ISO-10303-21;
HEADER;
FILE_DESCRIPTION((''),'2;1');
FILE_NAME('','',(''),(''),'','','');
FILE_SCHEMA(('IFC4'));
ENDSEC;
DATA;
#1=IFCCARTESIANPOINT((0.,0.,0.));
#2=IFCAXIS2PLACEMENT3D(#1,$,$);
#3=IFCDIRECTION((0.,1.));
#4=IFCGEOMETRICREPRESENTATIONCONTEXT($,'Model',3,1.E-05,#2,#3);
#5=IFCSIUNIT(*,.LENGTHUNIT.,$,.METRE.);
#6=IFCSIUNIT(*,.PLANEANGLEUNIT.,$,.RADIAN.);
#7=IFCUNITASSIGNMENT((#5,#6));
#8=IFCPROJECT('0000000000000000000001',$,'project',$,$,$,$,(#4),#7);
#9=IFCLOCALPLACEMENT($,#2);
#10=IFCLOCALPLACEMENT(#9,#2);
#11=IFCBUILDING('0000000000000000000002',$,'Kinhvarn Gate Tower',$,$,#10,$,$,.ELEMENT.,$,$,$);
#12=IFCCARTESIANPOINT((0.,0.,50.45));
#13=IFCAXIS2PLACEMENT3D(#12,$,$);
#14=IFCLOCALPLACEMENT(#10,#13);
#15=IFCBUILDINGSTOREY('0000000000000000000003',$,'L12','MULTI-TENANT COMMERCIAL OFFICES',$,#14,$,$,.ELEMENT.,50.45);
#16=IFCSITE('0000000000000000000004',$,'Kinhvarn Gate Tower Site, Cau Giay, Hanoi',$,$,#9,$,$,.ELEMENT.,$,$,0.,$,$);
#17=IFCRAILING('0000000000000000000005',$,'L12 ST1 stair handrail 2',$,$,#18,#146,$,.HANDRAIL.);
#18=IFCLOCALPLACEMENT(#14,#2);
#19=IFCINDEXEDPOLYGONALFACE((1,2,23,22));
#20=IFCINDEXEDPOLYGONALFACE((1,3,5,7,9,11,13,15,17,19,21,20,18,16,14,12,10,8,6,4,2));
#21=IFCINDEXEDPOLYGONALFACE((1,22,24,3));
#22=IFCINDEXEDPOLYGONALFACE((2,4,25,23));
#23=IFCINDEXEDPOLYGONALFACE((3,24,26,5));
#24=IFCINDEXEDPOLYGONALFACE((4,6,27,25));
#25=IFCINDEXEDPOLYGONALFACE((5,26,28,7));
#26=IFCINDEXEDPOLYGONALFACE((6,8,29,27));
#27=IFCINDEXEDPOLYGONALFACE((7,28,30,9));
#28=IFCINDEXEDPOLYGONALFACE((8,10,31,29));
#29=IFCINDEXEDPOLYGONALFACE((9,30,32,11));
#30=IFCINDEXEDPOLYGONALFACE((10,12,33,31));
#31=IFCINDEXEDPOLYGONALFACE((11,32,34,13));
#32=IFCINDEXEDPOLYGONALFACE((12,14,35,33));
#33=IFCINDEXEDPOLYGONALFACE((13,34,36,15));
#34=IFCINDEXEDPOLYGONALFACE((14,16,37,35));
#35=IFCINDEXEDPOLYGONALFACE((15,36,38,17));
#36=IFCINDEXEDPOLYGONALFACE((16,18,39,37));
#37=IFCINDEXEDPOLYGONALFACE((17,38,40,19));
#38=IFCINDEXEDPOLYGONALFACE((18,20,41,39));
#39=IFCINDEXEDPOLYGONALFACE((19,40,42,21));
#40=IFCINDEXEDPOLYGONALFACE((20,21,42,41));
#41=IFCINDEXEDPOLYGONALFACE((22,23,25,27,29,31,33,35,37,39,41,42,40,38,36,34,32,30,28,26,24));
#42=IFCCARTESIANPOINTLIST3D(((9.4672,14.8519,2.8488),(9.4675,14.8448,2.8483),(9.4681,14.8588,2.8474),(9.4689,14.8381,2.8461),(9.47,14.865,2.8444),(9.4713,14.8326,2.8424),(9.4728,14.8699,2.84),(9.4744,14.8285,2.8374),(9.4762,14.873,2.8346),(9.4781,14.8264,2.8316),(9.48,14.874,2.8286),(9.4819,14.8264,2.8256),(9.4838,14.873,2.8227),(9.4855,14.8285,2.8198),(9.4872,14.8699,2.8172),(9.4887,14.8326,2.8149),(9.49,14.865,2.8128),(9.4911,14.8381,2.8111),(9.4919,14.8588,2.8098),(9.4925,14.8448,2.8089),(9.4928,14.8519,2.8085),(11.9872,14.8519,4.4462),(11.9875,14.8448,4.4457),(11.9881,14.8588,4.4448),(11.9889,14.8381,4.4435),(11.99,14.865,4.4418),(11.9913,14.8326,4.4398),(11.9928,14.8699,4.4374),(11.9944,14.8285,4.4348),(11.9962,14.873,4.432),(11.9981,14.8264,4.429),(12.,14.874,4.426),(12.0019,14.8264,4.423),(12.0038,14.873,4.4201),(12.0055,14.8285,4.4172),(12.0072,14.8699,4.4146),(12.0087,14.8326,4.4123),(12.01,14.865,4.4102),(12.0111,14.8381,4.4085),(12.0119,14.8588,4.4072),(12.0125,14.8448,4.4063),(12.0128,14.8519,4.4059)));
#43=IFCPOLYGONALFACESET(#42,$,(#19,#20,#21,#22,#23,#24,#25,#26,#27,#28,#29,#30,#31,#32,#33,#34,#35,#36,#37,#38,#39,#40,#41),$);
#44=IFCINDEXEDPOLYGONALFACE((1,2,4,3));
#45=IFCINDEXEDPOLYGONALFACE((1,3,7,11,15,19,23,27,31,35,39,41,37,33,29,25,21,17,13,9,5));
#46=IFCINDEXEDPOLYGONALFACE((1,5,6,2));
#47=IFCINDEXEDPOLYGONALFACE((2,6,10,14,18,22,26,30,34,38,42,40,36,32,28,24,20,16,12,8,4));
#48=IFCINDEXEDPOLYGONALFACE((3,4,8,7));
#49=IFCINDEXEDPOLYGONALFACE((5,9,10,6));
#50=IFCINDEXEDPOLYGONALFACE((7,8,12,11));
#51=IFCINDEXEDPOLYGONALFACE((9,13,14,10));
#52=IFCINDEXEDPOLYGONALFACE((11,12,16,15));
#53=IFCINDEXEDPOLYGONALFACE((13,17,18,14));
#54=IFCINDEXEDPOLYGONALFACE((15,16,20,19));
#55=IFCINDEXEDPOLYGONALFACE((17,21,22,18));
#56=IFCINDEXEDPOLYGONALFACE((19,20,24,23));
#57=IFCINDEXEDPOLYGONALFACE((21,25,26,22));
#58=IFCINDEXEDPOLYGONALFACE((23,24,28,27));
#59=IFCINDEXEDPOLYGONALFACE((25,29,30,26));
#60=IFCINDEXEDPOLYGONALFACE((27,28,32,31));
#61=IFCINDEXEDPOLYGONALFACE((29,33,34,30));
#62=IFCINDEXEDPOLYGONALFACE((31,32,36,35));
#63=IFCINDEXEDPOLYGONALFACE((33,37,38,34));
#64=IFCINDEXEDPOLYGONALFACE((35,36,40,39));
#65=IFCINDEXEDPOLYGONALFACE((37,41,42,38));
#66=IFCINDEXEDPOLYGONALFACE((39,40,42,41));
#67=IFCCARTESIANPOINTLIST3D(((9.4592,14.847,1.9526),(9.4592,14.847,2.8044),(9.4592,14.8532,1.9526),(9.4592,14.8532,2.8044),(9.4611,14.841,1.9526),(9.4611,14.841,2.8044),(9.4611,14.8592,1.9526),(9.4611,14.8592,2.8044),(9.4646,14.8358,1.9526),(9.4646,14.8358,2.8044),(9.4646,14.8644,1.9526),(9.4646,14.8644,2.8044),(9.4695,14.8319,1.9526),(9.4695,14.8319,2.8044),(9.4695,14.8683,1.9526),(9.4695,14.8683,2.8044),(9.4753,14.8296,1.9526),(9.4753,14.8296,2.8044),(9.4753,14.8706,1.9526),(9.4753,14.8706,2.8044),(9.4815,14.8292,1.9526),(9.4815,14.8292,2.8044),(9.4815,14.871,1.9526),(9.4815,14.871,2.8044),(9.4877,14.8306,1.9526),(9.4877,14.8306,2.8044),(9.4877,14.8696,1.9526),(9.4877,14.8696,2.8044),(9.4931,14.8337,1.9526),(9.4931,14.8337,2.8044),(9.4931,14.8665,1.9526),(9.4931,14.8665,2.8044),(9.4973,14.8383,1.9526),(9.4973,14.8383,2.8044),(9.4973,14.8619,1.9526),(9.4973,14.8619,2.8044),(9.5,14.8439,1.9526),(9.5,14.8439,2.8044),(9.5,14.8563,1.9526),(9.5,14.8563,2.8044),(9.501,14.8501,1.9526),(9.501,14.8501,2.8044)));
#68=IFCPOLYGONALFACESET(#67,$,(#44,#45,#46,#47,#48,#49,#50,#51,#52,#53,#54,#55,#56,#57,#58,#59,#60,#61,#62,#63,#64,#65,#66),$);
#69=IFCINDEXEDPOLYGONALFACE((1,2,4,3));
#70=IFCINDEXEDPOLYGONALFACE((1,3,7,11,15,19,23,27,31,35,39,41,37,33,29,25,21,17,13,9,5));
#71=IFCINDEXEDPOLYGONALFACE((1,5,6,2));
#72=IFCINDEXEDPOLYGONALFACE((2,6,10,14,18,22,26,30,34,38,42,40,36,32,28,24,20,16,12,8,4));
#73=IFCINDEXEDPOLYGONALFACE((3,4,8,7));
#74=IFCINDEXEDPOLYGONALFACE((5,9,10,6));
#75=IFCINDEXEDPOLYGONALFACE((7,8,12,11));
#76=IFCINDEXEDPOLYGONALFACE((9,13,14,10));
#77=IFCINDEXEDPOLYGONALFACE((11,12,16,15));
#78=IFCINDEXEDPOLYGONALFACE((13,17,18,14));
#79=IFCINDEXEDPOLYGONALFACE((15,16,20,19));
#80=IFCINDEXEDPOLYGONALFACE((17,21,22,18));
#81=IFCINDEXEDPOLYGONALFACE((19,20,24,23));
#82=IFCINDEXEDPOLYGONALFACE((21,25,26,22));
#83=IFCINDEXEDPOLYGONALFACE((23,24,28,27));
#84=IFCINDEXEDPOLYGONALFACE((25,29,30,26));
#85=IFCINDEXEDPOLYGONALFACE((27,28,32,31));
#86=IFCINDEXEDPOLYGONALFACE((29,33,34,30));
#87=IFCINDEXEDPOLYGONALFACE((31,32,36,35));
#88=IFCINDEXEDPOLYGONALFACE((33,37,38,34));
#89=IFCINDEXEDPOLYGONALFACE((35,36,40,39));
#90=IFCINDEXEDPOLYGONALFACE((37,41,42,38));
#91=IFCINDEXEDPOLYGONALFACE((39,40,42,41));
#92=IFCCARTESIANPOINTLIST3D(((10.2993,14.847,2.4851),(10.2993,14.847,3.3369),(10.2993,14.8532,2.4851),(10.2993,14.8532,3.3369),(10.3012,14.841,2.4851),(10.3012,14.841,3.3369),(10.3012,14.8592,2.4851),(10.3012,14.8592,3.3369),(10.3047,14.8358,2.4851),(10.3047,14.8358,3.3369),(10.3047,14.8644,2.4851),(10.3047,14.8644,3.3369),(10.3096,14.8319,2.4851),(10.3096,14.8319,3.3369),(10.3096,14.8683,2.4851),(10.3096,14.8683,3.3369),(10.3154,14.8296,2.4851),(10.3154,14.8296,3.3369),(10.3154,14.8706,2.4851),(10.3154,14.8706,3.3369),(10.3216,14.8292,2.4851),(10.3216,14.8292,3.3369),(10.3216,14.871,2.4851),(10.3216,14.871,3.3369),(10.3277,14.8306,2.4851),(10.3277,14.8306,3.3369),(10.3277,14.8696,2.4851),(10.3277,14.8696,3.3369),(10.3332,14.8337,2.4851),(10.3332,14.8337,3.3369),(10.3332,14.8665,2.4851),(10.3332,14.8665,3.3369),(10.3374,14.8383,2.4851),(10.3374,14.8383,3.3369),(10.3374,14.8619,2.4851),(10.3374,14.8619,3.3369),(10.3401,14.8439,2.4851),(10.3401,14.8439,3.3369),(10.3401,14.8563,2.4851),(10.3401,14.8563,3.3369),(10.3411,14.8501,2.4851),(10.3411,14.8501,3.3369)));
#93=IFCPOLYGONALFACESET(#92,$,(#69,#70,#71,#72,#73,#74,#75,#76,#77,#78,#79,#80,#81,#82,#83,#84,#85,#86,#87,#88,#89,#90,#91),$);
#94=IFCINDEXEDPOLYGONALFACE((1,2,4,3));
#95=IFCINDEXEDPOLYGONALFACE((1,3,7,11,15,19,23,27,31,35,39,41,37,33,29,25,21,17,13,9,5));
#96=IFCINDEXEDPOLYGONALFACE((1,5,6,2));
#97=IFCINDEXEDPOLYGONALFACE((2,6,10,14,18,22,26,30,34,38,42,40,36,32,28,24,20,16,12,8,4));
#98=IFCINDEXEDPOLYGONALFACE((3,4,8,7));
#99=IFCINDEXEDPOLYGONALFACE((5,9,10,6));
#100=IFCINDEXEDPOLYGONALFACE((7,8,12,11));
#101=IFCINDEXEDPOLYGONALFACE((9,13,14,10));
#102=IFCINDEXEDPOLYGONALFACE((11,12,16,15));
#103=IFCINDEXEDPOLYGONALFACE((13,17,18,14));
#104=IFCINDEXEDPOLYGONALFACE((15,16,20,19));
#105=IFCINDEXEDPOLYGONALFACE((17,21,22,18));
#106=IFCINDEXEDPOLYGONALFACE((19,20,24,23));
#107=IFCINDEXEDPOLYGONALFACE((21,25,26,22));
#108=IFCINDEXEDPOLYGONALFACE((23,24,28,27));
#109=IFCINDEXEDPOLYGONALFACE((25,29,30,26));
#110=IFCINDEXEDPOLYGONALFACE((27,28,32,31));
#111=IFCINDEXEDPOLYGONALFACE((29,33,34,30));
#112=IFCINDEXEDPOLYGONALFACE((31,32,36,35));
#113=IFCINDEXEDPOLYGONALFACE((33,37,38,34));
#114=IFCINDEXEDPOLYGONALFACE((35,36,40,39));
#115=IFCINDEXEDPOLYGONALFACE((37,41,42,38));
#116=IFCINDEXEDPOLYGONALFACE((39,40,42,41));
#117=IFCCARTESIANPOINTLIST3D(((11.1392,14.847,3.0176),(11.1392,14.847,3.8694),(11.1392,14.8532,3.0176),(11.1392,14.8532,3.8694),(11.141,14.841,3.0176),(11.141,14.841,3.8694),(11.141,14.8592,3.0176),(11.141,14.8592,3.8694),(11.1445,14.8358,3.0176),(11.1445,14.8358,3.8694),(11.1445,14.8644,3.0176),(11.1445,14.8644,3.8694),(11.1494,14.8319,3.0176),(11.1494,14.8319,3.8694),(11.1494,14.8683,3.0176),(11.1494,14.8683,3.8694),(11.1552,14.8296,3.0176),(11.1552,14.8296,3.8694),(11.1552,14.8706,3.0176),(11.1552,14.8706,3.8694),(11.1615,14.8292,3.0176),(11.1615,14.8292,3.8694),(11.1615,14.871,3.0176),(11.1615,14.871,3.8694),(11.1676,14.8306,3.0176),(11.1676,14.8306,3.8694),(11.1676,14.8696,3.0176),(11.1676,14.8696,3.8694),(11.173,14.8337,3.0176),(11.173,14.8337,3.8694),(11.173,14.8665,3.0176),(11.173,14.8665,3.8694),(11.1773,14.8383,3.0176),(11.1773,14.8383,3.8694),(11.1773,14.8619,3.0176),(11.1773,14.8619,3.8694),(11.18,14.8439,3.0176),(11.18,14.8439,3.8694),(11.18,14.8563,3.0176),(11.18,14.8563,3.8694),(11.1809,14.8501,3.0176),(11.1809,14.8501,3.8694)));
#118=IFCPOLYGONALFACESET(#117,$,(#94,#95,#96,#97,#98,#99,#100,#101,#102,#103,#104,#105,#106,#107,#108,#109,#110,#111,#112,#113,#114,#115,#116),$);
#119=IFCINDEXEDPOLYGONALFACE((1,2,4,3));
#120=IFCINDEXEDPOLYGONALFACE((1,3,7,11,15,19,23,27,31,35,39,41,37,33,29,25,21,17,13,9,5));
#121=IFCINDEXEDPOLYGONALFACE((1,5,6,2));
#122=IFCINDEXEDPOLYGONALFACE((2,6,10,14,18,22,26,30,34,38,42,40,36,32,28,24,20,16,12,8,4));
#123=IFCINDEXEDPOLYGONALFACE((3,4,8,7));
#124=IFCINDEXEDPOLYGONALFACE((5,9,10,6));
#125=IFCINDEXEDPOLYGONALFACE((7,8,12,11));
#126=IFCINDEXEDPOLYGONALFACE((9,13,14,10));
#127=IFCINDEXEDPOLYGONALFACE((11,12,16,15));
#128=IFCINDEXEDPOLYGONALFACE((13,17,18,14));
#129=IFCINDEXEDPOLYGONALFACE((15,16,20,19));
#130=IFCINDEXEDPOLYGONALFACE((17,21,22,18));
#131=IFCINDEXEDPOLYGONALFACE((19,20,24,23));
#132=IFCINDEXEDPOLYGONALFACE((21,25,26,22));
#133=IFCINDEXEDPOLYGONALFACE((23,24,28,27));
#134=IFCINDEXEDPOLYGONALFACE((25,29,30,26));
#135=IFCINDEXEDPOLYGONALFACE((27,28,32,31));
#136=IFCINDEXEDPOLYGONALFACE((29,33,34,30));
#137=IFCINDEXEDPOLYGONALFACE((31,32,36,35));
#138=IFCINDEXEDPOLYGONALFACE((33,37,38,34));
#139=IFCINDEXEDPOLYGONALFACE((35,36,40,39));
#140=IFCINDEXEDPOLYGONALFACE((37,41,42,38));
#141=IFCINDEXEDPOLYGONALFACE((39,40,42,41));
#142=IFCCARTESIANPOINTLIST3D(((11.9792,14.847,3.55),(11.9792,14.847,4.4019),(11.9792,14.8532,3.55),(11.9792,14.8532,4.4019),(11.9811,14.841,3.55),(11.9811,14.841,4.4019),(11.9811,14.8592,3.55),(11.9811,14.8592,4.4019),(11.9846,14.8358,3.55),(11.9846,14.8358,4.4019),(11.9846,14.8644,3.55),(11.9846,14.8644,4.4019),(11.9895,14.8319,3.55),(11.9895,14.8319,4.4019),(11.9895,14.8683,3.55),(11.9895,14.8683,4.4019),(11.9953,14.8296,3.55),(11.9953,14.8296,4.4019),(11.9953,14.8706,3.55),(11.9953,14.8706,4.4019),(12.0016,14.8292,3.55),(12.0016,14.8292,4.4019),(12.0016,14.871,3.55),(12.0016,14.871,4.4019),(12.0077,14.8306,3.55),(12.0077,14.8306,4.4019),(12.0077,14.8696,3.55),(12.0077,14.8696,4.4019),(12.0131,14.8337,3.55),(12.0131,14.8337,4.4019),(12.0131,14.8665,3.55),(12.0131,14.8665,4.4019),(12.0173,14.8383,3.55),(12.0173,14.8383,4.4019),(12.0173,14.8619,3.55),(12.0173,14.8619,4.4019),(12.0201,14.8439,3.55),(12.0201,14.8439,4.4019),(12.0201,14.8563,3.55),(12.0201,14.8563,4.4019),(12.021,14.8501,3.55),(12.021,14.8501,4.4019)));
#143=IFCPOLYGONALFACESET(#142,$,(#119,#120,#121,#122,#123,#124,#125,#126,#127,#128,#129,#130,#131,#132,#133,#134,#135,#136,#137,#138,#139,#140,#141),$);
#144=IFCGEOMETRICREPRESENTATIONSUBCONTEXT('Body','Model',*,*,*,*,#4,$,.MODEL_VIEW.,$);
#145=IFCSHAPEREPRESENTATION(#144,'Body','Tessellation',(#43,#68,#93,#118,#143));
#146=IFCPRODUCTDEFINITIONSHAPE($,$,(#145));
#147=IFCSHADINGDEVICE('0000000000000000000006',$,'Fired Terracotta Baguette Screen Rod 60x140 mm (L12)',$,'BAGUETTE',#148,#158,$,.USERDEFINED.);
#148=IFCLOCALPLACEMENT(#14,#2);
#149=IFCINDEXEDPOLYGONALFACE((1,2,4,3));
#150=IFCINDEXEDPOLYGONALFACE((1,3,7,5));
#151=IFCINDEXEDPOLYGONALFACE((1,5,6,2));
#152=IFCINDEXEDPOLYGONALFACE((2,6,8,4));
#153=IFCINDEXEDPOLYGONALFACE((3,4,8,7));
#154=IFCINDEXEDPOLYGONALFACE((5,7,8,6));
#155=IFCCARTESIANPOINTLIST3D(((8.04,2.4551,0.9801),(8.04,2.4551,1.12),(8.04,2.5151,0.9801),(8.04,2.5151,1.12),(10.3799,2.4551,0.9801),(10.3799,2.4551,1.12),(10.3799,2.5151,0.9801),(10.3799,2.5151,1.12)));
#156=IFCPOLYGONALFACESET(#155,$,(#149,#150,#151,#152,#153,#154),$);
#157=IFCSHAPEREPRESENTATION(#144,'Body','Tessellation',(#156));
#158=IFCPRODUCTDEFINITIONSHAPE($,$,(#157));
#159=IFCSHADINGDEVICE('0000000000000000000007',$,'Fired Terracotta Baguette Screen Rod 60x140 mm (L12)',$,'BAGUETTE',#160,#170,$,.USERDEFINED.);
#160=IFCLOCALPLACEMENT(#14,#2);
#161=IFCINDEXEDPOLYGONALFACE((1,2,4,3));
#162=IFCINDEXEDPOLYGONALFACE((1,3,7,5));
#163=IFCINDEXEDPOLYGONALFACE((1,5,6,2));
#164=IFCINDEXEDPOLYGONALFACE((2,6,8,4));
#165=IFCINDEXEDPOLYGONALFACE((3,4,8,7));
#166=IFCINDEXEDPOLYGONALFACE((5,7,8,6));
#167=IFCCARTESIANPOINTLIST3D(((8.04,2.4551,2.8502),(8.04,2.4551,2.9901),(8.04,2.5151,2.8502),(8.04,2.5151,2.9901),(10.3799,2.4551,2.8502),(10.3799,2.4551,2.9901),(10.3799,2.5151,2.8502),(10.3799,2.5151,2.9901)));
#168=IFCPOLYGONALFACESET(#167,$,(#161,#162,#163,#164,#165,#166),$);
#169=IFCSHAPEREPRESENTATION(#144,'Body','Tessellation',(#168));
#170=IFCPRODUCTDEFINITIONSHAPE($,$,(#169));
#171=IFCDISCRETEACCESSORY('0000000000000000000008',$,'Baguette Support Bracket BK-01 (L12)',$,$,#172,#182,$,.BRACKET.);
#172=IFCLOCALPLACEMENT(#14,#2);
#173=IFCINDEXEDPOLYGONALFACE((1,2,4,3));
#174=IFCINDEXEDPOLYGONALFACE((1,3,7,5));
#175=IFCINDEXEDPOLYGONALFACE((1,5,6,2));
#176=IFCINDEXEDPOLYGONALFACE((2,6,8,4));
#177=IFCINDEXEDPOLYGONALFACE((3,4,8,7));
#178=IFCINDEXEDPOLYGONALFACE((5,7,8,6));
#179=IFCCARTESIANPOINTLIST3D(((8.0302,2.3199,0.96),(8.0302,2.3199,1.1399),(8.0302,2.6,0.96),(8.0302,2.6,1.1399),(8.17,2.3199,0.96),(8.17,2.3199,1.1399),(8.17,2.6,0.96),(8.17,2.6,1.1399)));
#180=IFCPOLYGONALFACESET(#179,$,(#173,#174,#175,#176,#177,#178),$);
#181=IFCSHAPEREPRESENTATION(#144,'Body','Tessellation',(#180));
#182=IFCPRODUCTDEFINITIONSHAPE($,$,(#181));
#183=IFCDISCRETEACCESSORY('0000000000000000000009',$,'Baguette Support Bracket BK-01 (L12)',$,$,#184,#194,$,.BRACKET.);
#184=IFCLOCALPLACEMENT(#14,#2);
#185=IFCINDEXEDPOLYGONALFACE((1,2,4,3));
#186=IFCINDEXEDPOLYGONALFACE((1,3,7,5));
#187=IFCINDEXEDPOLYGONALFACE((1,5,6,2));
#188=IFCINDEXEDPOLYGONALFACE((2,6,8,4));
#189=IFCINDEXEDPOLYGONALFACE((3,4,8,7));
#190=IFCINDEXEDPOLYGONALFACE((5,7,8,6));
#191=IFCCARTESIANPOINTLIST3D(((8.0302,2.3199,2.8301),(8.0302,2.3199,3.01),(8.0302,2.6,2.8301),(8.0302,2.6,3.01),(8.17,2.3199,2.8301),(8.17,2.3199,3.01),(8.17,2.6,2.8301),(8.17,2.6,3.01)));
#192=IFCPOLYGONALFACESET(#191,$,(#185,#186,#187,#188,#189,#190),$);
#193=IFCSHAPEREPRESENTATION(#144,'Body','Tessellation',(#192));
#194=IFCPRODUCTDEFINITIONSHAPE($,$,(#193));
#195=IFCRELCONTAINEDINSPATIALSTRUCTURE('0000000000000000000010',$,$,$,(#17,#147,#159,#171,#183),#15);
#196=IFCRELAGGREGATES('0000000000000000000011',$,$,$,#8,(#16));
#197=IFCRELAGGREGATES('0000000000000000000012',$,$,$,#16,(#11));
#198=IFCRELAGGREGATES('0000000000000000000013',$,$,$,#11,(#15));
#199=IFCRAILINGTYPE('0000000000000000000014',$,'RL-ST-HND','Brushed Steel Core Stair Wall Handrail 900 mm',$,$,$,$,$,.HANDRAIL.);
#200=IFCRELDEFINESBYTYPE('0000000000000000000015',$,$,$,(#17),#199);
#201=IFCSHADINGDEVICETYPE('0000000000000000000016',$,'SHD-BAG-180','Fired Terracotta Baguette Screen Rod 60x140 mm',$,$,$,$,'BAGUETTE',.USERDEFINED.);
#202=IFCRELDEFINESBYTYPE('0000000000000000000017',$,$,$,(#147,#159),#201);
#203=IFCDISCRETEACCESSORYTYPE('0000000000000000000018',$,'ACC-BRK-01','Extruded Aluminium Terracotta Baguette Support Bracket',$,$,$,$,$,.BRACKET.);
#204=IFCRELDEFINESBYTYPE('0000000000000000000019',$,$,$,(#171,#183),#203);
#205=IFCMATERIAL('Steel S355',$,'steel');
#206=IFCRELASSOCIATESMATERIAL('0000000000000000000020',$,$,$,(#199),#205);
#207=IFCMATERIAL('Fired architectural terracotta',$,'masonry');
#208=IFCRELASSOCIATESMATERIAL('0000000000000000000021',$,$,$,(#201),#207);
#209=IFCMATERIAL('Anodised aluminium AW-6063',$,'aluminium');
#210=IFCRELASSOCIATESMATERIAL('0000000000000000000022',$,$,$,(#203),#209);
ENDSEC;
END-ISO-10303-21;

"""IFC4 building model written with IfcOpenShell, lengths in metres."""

from ifc_helpers import new_model, si_unit, direction, frame, origin, origin_2d, place, context, subcontext, project, spatial, rectangle, circle, extrude, material, material_profile, profile_set, type_object, element, save


model = new_model("IFC4")

# Units and contexts
model_context = context("Model", 3, precision=1e-05, world=origin(), true_north=direction((0.0, 1.0)))
body_context = subcontext(model_context, "Body", "Model", "MODEL_VIEW")
ifc_project = project(units=[si_unit("LENGTHUNIT", "METRE"), si_unit("PLANEANGLEUNIT", "RADIAN")], contexts=[model_context])

# Site, building, storey
site_placement = place(None, origin())
site = spatial("IfcSite", under=ifc_project, at=site_placement, Name="Kinhvarn Gate Tower Site, Cau Giay, Hanoi", CompositionType="ELEMENT", RefElevation=0.0)
building_placement = place(site_placement, origin())
building = spatial("IfcBuilding", under=site, at=building_placement, Name="Kinhvarn Gate Tower", CompositionType="ELEMENT")
storey_placement = place(building_placement, frame((0.0, 0.0, 50.45)))
storey = spatial("IfcBuildingStorey", under=building, at=storey_placement, Name="L12", Description="MULTI-TENANT COMMERCIAL OFFICES", CompositionType="ELEMENT", Elevation=50.45)

# Shared definitions
ifc_material_1 = material(Name="Anodised aluminium AW-6063", Category="aluminium")

# Shared definitions
ifc_material_2 = material(Name="Steel S355", Category="steel")

# Shared definitions
ifc_material_3 = material(Name="Fired architectural terracotta", Category="masonry")

# Railing
railing_type_1 = type_object("IfcRailingType", Name="RL-ST-HND", Description="Brushed Steel Core Stair Wall Handrail 900 mm", PredefinedType="HANDRAIL", material=ifc_material_2)
railing_1_placement = place(storey_placement, frame((9.48, 14.8501, 1.9526)))
element("IfcRailing", 1, at=railing_1_placement, inside=storey, type_object=railing_type_1, Name="L12 ST1 stair handrail 2", PredefinedType="HANDRAIL", context=body_context, shape_type="SweptSolid", body=[
    extrude(circle(Radius=0.0239, at=origin_2d()), frame((0.0, 0.0, 0.876), z_axis=(0.844607, 0.0, 0.535387), x_axis=(0.0, 1.0, 0.0)), (0.0, 0.0, 1.0), 2.9836),
    extrude(circle(Radius=0.021, at=origin_2d()), origin(), (0.0, 0.0, 1.0), 0.8518),
    extrude(circle(Radius=0.021, at=origin_2d()), frame((0.8401, 0.0, 0.5325)), (0.0, 0.0, 1.0), 0.8518),
    extrude(circle(Radius=0.021, at=origin_2d()), frame((1.6799, 0.0, 1.0649)), (0.0, 0.0, 1.0), 0.8518),
    extrude(circle(Radius=0.021, at=origin_2d()), frame((2.52, 0.0, 1.5974)), (0.0, 0.0, 1.0), 0.8518),
])

# Shading devices
ifc_material_profile_1 = material_profile(ifc_material_3, rectangle(XDim=0.0601, YDim=0.1399, at=origin_2d()), Name="TC 60x140")
ifc_profile_set_1 = profile_set([ifc_material_profile_1], Name="Fired architectural terracotta")
shading_device_type = type_object("IfcShadingDeviceType", Name="SHD-BAG-180", Description="Fired Terracotta Baguette Screen Rod 60x140 mm", ElementType="BAGUETTE", PredefinedType="USERDEFINED", material=ifc_profile_set_1)
for number, where, z_axis, x_axis, name in (
    (2, (8.04, 2.4851, 1.05), (1.0, 0.0, 0.0), (0.0, 1.0, 0.0), "Fired Terracotta Baguette Screen Rod 60x140 mm (L12)"),
    (3, (8.04, 2.4851, 2.9202), (1.0, 0.0, 0.0), (0.0, 1.0, 0.0), "Fired Terracotta Baguette Screen Rod 60x140 mm (L12)"),
):
    element("IfcShadingDevice", number, at=place(storey_placement, frame(where, z_axis=z_axis, x_axis=x_axis)), inside=storey, type_object=shading_device_type, Name=name, ObjectType="BAGUETTE", PredefinedType="USERDEFINED", context=body_context, shape_type="SweptSolid", body=[
        extrude(rectangle(XDim=0.0601, YDim=0.1399, at=origin_2d()), origin(), (0.0, 0.0, 1.0), 2.3398),
    ])

# Discrete accessories
discrete_accessory_type = type_object("IfcDiscreteAccessoryType", Name="ACC-BRK-01", Description="Extruded Aluminium Terracotta Baguette Support Bracket", PredefinedType="BRACKET", material=ifc_material_1)
for number, where, z_axis, x_axis, name in (
    (4, (8.1001, 2.46, 0.96), (0.0, 0.0, 1.0), (1.0, 0.0, 0.0), "Baguette Support Bracket BK-01 (L12)"),
    (5, (8.1001, 2.46, 2.8301), (0.0, 0.0, 1.0), (1.0, 0.0, 0.0), "Baguette Support Bracket BK-01 (L12)"),
):
    element("IfcDiscreteAccessory", number, at=place(storey_placement, frame(where, z_axis=z_axis, x_axis=x_axis)), inside=storey, type_object=discrete_accessory_type, Name=name, PredefinedType="BRACKET", context=body_context, shape_type="SweptSolid", body=[
        extrude(rectangle(XDim=0.1399, YDim=0.28, at=origin_2d()), origin(), (0.0, 0.0, 1.0), 0.1799),
    ])

save(model, "model.ifc")
